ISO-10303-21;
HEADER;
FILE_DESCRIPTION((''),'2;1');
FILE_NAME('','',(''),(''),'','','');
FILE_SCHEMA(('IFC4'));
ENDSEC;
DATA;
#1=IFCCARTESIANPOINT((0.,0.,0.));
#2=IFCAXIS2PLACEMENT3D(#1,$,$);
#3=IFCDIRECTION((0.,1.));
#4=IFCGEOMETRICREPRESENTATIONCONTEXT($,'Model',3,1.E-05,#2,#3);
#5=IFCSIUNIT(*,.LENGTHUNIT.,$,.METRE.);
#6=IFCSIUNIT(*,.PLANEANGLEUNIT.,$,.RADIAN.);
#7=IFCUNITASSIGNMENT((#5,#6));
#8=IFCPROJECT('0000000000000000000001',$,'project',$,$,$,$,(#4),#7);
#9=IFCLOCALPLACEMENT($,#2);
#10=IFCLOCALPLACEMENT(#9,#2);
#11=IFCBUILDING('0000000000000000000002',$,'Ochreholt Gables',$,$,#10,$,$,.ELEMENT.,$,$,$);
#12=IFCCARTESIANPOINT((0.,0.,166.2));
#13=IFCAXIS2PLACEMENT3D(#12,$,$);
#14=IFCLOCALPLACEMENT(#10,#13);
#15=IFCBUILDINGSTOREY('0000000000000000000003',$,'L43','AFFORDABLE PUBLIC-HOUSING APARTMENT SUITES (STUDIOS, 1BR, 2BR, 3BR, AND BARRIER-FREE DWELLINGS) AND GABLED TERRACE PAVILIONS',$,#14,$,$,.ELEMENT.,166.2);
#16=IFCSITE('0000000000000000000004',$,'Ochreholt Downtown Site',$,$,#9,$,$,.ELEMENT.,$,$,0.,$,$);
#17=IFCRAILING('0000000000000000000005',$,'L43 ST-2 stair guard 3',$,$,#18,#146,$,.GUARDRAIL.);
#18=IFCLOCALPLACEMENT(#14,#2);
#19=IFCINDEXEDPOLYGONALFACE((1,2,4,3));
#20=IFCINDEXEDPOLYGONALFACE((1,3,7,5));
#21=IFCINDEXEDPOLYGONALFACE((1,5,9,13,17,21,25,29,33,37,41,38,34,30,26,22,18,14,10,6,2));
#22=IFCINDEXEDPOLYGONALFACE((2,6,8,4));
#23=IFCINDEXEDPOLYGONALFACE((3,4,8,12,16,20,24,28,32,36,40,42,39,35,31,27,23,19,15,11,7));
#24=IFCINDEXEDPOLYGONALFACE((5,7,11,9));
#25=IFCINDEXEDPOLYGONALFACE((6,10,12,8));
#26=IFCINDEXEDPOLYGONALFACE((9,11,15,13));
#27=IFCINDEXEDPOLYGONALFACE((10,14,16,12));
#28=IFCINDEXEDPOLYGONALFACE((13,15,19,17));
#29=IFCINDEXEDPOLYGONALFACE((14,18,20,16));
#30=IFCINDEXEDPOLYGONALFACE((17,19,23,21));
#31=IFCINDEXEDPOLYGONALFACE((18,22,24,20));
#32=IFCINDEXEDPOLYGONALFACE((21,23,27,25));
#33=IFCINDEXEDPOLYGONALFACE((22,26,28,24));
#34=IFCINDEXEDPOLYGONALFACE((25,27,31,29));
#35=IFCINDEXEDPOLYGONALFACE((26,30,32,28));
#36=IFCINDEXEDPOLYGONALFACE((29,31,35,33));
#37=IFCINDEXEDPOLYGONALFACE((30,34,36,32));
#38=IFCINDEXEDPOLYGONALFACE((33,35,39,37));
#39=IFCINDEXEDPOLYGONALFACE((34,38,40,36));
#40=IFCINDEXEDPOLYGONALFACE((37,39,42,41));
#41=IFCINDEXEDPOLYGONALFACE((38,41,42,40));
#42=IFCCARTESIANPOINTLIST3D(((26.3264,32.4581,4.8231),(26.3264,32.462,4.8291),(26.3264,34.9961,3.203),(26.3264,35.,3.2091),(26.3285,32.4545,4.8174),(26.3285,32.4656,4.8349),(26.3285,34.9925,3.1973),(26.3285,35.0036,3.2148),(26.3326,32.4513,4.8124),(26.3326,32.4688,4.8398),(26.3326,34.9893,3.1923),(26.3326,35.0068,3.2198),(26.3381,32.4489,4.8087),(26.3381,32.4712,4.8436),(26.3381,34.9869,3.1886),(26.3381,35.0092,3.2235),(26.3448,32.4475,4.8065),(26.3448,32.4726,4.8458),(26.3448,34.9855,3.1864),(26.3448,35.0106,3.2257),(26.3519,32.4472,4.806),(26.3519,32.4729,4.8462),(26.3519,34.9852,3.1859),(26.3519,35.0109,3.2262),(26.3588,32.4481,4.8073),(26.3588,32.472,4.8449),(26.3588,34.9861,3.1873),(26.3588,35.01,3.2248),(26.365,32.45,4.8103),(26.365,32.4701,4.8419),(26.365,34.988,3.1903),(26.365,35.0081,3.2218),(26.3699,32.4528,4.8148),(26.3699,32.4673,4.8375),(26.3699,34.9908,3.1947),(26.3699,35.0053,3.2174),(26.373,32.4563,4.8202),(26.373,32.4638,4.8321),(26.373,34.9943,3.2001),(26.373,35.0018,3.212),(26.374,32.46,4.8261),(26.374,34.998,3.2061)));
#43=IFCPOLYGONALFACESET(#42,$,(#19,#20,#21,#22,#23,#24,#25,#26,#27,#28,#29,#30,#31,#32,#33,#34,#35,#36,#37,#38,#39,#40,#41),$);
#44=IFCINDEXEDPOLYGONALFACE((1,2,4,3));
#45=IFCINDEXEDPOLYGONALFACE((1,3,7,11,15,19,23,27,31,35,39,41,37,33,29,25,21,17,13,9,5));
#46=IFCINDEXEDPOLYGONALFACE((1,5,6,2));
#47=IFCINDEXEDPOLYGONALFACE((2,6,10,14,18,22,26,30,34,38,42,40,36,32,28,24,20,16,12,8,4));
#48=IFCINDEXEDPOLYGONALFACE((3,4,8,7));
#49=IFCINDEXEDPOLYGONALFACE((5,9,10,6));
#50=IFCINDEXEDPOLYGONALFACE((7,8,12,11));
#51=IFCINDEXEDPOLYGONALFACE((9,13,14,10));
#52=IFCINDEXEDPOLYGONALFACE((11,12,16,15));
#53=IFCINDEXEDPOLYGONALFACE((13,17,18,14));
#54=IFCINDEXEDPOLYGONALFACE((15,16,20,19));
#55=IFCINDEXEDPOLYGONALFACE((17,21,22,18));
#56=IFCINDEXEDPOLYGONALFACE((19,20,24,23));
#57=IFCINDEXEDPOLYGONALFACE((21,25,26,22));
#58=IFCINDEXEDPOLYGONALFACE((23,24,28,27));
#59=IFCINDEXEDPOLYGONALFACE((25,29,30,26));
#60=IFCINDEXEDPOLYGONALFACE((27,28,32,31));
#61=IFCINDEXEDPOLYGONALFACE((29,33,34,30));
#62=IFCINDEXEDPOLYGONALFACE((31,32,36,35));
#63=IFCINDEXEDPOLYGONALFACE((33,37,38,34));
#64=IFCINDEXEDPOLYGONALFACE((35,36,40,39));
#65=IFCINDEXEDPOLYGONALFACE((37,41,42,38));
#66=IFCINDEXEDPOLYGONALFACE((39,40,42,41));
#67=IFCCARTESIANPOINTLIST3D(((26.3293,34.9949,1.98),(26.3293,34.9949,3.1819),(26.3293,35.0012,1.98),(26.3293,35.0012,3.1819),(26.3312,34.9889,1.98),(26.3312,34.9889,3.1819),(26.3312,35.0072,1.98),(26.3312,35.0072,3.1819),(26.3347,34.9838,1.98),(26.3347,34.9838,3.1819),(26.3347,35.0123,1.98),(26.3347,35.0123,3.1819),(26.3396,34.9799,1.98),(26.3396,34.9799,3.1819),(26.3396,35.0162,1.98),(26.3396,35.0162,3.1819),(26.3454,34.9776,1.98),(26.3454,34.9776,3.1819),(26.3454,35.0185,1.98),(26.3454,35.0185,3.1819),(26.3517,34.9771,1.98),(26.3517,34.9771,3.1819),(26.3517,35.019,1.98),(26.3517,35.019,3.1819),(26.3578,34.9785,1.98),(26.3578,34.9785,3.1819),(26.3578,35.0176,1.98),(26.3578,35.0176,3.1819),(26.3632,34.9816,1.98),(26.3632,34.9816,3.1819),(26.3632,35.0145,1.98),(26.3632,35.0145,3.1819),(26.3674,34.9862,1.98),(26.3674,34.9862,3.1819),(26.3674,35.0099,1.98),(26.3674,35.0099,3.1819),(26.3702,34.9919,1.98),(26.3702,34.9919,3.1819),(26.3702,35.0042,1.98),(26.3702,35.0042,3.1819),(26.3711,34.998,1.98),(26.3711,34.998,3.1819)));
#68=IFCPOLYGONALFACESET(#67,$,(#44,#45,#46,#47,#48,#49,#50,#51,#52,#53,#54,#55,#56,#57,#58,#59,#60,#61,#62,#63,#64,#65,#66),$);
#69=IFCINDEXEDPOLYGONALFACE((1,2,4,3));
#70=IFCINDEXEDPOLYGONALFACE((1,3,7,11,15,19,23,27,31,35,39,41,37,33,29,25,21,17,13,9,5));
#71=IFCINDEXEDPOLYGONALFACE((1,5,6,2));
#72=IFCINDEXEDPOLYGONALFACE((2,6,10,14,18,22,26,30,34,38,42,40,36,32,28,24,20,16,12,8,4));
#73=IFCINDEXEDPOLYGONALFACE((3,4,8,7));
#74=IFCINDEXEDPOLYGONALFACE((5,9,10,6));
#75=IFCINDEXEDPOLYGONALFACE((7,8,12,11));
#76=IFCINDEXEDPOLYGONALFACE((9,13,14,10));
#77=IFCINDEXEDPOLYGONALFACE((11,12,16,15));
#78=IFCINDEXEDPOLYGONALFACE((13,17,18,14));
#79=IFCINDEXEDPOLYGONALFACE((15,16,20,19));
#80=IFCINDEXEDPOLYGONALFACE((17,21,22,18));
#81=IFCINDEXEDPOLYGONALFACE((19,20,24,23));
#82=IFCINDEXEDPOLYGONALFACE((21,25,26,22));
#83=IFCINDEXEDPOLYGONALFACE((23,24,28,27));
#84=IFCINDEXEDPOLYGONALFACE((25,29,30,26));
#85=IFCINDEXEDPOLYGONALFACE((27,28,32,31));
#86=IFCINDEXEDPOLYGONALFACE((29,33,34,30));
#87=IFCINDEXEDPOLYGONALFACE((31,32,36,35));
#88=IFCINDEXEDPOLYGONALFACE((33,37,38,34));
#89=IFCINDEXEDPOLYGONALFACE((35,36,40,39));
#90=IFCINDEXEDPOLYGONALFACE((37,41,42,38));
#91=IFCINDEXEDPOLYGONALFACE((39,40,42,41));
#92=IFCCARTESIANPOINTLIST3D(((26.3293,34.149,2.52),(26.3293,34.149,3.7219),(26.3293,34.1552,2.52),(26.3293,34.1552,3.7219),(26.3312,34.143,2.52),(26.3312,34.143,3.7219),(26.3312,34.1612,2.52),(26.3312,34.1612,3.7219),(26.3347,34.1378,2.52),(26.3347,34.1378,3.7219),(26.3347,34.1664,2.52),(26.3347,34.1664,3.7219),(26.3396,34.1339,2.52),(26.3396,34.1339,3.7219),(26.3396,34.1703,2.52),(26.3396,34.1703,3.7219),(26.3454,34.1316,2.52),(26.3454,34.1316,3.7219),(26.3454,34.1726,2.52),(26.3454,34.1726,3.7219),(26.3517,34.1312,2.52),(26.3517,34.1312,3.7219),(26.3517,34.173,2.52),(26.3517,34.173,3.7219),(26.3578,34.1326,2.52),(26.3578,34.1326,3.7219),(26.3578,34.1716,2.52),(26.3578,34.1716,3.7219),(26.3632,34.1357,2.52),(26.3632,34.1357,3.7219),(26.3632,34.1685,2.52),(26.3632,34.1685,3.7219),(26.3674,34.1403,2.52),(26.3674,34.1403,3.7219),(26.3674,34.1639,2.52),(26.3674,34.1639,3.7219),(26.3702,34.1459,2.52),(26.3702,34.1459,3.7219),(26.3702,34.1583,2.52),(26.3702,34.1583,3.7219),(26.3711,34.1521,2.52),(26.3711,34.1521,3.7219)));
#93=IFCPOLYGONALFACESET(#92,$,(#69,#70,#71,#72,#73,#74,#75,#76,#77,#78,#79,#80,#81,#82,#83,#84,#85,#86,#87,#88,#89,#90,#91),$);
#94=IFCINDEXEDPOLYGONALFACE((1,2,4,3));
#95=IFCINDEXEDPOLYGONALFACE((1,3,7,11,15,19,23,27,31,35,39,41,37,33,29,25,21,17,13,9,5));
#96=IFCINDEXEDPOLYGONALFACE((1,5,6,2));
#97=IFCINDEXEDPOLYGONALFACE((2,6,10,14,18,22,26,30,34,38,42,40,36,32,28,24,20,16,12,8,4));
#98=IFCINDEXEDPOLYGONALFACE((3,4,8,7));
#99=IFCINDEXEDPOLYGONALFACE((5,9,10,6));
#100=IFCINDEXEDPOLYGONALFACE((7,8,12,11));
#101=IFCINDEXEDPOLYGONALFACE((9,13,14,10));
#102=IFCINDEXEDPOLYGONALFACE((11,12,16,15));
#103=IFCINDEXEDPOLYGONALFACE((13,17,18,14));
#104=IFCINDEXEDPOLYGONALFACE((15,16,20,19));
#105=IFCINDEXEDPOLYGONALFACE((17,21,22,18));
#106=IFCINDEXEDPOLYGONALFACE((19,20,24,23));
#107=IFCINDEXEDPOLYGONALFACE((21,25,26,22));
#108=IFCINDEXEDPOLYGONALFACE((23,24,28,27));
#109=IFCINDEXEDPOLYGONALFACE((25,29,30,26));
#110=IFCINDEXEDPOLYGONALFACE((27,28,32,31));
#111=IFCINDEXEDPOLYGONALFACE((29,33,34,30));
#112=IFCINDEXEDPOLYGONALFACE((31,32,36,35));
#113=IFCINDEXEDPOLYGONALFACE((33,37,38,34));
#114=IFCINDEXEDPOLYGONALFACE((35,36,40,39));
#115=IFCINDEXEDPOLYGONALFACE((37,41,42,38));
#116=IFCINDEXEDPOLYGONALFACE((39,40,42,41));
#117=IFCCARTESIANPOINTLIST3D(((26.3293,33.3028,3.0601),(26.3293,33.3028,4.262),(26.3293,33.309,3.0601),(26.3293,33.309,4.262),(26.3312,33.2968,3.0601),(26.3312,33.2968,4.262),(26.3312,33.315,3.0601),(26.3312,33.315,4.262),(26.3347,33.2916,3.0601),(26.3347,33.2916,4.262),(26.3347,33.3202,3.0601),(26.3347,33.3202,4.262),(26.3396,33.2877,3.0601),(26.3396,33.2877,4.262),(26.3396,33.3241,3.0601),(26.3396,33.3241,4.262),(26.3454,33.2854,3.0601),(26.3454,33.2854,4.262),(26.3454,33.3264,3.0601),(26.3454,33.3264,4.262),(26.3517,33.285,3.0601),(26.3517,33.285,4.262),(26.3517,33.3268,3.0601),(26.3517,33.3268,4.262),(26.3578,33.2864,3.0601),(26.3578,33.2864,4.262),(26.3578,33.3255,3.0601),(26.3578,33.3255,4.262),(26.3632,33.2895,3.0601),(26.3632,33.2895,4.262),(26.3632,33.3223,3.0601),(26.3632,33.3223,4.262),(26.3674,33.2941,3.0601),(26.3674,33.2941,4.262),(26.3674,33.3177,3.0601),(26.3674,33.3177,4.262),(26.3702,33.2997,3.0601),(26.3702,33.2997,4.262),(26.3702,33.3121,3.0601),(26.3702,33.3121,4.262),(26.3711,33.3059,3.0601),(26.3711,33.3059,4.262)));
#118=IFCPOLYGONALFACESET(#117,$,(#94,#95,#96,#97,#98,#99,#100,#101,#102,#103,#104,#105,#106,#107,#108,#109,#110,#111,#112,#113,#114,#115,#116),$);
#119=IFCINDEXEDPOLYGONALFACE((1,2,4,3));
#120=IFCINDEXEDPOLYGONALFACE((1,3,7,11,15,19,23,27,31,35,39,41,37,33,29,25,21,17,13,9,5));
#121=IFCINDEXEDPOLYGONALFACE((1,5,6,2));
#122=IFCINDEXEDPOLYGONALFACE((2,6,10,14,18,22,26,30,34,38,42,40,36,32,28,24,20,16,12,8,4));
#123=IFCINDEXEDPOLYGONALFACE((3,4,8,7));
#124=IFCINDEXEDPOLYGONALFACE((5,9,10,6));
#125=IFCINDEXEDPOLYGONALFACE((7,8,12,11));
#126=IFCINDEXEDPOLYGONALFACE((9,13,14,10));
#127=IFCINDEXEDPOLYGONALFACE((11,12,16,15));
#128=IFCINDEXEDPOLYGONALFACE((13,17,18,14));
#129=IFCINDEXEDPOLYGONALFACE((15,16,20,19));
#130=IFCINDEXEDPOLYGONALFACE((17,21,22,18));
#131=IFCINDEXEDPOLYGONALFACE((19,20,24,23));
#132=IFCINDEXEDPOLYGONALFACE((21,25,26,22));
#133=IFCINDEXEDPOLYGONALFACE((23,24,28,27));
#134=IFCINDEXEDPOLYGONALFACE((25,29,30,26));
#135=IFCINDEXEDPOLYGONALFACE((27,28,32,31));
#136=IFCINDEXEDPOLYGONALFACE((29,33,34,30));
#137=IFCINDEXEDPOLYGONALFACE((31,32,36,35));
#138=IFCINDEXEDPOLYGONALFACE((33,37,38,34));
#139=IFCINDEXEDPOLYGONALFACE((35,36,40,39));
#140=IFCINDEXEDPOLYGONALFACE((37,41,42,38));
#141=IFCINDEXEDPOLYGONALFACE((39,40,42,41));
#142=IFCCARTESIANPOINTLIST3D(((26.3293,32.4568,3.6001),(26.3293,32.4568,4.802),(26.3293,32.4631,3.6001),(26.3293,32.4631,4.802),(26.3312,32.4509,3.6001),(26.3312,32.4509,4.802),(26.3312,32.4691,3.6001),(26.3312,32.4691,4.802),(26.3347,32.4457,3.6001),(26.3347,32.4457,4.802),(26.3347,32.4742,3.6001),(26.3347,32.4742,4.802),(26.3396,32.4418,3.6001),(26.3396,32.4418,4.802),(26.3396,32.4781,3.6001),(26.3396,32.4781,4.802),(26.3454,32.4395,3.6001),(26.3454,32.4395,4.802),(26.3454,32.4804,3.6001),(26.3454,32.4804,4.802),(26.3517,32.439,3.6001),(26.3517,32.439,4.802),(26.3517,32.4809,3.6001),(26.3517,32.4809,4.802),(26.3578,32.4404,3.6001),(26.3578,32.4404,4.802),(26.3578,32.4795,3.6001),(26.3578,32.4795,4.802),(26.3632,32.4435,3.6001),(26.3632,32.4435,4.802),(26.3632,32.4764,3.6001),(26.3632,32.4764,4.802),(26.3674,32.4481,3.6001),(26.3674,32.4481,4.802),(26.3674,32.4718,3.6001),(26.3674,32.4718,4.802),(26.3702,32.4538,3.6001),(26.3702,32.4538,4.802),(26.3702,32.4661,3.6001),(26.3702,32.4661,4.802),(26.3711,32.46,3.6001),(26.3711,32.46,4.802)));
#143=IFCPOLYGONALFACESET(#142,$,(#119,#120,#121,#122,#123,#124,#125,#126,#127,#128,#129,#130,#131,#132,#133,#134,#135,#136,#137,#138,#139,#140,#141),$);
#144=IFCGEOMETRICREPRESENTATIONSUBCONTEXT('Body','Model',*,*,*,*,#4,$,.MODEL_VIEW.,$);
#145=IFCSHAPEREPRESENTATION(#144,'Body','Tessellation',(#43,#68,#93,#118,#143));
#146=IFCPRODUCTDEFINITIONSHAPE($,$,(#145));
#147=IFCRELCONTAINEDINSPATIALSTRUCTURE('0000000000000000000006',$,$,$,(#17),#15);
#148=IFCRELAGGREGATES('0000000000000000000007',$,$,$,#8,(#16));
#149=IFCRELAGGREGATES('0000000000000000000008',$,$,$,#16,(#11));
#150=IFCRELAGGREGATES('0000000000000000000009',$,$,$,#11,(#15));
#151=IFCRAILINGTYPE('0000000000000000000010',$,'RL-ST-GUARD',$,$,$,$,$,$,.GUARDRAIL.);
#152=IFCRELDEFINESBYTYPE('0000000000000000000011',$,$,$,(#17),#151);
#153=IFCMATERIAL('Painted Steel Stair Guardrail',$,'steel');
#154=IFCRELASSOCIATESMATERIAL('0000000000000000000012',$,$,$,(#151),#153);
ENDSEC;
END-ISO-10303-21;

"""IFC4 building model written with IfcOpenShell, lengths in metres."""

from ifc_helpers import new_model, si_unit, direction, frame, origin, origin_2d, place, context, subcontext, project, spatial, circle, extrude, material, type_object, element, save


model = new_model("IFC4")

# Units and contexts
model_context = context("Model", 3, precision=1e-05, world=origin(), true_north=direction((0.0, 1.0)))
body_context = subcontext(model_context, "Body", "Model", "MODEL_VIEW")
ifc_project = project(units=[si_unit("LENGTHUNIT", "METRE"), si_unit("PLANEANGLEUNIT", "RADIAN")], contexts=[model_context])

# Site, building, storey
site_placement = place(None, origin())
site = spatial("IfcSite", under=ifc_project, at=site_placement, Name="Ochreholt Downtown Site", CompositionType="ELEMENT", RefElevation=0.0)
building_placement = place(site_placement, origin())
building = spatial("IfcBuilding", under=site, at=building_placement, Name="Ochreholt Gables", CompositionType="ELEMENT")
storey_placement = place(building_placement, frame((0.0, 0.0, 166.2)))
storey = spatial("IfcBuildingStorey", under=building, at=storey_placement, Name="L43", Description="AFFORDABLE PUBLIC-HOUSING APARTMENT SUITES (STUDIOS, 1BR, 2BR, 3BR, AND BARRIER-FREE DWELLINGS) AND GABLED TERRACE PAVILIONS", CompositionType="ELEMENT", Elevation=166.2)

# Railing
ifc_material_1 = material(Name="Painted Steel Stair Guardrail", Category="steel")
railing_type_1 = type_object("IfcRailingType", Name="RL-ST-GUARD", PredefinedType="GUARDRAIL", material=ifc_material_1)
railing_1_placement = place(storey_placement, frame((26.3501, 34.998, 1.98)))
element("IfcRailing", 1, at=railing_1_placement, inside=storey, type_object=railing_type_1, Name="L43 ST-2 stair guard 3", PredefinedType="GUARDRAIL", context=body_context, shape_type="SweptSolid", body=[
    extrude(circle(Radius=0.0239, at=origin_2d()), frame((0.0, 0.0, 1.2261), z_axis=(0.0, -0.842913, 0.53805), x_axis=(1.0, 0.0, 0.0)), (0.0, 0.0, 1.0), 3.011),
    extrude(circle(Radius=0.021, at=origin_2d()), origin(), (0.0, 0.0, 1.0), 1.2019),
    extrude(circle(Radius=0.021, at=origin_2d()), frame((0.0, -0.8459, 0.54)), (0.0, 0.0, 1.0), 1.2019),
    extrude(circle(Radius=0.021, at=origin_2d()), frame((0.0, -1.6921, 1.0801)), (0.0, 0.0, 1.0), 1.2019),
    extrude(circle(Radius=0.021, at=origin_2d()), frame((0.0, -2.5381, 1.6201)), (0.0, 0.0, 1.0), 1.2019),
])

save(model, "model.ifc")
